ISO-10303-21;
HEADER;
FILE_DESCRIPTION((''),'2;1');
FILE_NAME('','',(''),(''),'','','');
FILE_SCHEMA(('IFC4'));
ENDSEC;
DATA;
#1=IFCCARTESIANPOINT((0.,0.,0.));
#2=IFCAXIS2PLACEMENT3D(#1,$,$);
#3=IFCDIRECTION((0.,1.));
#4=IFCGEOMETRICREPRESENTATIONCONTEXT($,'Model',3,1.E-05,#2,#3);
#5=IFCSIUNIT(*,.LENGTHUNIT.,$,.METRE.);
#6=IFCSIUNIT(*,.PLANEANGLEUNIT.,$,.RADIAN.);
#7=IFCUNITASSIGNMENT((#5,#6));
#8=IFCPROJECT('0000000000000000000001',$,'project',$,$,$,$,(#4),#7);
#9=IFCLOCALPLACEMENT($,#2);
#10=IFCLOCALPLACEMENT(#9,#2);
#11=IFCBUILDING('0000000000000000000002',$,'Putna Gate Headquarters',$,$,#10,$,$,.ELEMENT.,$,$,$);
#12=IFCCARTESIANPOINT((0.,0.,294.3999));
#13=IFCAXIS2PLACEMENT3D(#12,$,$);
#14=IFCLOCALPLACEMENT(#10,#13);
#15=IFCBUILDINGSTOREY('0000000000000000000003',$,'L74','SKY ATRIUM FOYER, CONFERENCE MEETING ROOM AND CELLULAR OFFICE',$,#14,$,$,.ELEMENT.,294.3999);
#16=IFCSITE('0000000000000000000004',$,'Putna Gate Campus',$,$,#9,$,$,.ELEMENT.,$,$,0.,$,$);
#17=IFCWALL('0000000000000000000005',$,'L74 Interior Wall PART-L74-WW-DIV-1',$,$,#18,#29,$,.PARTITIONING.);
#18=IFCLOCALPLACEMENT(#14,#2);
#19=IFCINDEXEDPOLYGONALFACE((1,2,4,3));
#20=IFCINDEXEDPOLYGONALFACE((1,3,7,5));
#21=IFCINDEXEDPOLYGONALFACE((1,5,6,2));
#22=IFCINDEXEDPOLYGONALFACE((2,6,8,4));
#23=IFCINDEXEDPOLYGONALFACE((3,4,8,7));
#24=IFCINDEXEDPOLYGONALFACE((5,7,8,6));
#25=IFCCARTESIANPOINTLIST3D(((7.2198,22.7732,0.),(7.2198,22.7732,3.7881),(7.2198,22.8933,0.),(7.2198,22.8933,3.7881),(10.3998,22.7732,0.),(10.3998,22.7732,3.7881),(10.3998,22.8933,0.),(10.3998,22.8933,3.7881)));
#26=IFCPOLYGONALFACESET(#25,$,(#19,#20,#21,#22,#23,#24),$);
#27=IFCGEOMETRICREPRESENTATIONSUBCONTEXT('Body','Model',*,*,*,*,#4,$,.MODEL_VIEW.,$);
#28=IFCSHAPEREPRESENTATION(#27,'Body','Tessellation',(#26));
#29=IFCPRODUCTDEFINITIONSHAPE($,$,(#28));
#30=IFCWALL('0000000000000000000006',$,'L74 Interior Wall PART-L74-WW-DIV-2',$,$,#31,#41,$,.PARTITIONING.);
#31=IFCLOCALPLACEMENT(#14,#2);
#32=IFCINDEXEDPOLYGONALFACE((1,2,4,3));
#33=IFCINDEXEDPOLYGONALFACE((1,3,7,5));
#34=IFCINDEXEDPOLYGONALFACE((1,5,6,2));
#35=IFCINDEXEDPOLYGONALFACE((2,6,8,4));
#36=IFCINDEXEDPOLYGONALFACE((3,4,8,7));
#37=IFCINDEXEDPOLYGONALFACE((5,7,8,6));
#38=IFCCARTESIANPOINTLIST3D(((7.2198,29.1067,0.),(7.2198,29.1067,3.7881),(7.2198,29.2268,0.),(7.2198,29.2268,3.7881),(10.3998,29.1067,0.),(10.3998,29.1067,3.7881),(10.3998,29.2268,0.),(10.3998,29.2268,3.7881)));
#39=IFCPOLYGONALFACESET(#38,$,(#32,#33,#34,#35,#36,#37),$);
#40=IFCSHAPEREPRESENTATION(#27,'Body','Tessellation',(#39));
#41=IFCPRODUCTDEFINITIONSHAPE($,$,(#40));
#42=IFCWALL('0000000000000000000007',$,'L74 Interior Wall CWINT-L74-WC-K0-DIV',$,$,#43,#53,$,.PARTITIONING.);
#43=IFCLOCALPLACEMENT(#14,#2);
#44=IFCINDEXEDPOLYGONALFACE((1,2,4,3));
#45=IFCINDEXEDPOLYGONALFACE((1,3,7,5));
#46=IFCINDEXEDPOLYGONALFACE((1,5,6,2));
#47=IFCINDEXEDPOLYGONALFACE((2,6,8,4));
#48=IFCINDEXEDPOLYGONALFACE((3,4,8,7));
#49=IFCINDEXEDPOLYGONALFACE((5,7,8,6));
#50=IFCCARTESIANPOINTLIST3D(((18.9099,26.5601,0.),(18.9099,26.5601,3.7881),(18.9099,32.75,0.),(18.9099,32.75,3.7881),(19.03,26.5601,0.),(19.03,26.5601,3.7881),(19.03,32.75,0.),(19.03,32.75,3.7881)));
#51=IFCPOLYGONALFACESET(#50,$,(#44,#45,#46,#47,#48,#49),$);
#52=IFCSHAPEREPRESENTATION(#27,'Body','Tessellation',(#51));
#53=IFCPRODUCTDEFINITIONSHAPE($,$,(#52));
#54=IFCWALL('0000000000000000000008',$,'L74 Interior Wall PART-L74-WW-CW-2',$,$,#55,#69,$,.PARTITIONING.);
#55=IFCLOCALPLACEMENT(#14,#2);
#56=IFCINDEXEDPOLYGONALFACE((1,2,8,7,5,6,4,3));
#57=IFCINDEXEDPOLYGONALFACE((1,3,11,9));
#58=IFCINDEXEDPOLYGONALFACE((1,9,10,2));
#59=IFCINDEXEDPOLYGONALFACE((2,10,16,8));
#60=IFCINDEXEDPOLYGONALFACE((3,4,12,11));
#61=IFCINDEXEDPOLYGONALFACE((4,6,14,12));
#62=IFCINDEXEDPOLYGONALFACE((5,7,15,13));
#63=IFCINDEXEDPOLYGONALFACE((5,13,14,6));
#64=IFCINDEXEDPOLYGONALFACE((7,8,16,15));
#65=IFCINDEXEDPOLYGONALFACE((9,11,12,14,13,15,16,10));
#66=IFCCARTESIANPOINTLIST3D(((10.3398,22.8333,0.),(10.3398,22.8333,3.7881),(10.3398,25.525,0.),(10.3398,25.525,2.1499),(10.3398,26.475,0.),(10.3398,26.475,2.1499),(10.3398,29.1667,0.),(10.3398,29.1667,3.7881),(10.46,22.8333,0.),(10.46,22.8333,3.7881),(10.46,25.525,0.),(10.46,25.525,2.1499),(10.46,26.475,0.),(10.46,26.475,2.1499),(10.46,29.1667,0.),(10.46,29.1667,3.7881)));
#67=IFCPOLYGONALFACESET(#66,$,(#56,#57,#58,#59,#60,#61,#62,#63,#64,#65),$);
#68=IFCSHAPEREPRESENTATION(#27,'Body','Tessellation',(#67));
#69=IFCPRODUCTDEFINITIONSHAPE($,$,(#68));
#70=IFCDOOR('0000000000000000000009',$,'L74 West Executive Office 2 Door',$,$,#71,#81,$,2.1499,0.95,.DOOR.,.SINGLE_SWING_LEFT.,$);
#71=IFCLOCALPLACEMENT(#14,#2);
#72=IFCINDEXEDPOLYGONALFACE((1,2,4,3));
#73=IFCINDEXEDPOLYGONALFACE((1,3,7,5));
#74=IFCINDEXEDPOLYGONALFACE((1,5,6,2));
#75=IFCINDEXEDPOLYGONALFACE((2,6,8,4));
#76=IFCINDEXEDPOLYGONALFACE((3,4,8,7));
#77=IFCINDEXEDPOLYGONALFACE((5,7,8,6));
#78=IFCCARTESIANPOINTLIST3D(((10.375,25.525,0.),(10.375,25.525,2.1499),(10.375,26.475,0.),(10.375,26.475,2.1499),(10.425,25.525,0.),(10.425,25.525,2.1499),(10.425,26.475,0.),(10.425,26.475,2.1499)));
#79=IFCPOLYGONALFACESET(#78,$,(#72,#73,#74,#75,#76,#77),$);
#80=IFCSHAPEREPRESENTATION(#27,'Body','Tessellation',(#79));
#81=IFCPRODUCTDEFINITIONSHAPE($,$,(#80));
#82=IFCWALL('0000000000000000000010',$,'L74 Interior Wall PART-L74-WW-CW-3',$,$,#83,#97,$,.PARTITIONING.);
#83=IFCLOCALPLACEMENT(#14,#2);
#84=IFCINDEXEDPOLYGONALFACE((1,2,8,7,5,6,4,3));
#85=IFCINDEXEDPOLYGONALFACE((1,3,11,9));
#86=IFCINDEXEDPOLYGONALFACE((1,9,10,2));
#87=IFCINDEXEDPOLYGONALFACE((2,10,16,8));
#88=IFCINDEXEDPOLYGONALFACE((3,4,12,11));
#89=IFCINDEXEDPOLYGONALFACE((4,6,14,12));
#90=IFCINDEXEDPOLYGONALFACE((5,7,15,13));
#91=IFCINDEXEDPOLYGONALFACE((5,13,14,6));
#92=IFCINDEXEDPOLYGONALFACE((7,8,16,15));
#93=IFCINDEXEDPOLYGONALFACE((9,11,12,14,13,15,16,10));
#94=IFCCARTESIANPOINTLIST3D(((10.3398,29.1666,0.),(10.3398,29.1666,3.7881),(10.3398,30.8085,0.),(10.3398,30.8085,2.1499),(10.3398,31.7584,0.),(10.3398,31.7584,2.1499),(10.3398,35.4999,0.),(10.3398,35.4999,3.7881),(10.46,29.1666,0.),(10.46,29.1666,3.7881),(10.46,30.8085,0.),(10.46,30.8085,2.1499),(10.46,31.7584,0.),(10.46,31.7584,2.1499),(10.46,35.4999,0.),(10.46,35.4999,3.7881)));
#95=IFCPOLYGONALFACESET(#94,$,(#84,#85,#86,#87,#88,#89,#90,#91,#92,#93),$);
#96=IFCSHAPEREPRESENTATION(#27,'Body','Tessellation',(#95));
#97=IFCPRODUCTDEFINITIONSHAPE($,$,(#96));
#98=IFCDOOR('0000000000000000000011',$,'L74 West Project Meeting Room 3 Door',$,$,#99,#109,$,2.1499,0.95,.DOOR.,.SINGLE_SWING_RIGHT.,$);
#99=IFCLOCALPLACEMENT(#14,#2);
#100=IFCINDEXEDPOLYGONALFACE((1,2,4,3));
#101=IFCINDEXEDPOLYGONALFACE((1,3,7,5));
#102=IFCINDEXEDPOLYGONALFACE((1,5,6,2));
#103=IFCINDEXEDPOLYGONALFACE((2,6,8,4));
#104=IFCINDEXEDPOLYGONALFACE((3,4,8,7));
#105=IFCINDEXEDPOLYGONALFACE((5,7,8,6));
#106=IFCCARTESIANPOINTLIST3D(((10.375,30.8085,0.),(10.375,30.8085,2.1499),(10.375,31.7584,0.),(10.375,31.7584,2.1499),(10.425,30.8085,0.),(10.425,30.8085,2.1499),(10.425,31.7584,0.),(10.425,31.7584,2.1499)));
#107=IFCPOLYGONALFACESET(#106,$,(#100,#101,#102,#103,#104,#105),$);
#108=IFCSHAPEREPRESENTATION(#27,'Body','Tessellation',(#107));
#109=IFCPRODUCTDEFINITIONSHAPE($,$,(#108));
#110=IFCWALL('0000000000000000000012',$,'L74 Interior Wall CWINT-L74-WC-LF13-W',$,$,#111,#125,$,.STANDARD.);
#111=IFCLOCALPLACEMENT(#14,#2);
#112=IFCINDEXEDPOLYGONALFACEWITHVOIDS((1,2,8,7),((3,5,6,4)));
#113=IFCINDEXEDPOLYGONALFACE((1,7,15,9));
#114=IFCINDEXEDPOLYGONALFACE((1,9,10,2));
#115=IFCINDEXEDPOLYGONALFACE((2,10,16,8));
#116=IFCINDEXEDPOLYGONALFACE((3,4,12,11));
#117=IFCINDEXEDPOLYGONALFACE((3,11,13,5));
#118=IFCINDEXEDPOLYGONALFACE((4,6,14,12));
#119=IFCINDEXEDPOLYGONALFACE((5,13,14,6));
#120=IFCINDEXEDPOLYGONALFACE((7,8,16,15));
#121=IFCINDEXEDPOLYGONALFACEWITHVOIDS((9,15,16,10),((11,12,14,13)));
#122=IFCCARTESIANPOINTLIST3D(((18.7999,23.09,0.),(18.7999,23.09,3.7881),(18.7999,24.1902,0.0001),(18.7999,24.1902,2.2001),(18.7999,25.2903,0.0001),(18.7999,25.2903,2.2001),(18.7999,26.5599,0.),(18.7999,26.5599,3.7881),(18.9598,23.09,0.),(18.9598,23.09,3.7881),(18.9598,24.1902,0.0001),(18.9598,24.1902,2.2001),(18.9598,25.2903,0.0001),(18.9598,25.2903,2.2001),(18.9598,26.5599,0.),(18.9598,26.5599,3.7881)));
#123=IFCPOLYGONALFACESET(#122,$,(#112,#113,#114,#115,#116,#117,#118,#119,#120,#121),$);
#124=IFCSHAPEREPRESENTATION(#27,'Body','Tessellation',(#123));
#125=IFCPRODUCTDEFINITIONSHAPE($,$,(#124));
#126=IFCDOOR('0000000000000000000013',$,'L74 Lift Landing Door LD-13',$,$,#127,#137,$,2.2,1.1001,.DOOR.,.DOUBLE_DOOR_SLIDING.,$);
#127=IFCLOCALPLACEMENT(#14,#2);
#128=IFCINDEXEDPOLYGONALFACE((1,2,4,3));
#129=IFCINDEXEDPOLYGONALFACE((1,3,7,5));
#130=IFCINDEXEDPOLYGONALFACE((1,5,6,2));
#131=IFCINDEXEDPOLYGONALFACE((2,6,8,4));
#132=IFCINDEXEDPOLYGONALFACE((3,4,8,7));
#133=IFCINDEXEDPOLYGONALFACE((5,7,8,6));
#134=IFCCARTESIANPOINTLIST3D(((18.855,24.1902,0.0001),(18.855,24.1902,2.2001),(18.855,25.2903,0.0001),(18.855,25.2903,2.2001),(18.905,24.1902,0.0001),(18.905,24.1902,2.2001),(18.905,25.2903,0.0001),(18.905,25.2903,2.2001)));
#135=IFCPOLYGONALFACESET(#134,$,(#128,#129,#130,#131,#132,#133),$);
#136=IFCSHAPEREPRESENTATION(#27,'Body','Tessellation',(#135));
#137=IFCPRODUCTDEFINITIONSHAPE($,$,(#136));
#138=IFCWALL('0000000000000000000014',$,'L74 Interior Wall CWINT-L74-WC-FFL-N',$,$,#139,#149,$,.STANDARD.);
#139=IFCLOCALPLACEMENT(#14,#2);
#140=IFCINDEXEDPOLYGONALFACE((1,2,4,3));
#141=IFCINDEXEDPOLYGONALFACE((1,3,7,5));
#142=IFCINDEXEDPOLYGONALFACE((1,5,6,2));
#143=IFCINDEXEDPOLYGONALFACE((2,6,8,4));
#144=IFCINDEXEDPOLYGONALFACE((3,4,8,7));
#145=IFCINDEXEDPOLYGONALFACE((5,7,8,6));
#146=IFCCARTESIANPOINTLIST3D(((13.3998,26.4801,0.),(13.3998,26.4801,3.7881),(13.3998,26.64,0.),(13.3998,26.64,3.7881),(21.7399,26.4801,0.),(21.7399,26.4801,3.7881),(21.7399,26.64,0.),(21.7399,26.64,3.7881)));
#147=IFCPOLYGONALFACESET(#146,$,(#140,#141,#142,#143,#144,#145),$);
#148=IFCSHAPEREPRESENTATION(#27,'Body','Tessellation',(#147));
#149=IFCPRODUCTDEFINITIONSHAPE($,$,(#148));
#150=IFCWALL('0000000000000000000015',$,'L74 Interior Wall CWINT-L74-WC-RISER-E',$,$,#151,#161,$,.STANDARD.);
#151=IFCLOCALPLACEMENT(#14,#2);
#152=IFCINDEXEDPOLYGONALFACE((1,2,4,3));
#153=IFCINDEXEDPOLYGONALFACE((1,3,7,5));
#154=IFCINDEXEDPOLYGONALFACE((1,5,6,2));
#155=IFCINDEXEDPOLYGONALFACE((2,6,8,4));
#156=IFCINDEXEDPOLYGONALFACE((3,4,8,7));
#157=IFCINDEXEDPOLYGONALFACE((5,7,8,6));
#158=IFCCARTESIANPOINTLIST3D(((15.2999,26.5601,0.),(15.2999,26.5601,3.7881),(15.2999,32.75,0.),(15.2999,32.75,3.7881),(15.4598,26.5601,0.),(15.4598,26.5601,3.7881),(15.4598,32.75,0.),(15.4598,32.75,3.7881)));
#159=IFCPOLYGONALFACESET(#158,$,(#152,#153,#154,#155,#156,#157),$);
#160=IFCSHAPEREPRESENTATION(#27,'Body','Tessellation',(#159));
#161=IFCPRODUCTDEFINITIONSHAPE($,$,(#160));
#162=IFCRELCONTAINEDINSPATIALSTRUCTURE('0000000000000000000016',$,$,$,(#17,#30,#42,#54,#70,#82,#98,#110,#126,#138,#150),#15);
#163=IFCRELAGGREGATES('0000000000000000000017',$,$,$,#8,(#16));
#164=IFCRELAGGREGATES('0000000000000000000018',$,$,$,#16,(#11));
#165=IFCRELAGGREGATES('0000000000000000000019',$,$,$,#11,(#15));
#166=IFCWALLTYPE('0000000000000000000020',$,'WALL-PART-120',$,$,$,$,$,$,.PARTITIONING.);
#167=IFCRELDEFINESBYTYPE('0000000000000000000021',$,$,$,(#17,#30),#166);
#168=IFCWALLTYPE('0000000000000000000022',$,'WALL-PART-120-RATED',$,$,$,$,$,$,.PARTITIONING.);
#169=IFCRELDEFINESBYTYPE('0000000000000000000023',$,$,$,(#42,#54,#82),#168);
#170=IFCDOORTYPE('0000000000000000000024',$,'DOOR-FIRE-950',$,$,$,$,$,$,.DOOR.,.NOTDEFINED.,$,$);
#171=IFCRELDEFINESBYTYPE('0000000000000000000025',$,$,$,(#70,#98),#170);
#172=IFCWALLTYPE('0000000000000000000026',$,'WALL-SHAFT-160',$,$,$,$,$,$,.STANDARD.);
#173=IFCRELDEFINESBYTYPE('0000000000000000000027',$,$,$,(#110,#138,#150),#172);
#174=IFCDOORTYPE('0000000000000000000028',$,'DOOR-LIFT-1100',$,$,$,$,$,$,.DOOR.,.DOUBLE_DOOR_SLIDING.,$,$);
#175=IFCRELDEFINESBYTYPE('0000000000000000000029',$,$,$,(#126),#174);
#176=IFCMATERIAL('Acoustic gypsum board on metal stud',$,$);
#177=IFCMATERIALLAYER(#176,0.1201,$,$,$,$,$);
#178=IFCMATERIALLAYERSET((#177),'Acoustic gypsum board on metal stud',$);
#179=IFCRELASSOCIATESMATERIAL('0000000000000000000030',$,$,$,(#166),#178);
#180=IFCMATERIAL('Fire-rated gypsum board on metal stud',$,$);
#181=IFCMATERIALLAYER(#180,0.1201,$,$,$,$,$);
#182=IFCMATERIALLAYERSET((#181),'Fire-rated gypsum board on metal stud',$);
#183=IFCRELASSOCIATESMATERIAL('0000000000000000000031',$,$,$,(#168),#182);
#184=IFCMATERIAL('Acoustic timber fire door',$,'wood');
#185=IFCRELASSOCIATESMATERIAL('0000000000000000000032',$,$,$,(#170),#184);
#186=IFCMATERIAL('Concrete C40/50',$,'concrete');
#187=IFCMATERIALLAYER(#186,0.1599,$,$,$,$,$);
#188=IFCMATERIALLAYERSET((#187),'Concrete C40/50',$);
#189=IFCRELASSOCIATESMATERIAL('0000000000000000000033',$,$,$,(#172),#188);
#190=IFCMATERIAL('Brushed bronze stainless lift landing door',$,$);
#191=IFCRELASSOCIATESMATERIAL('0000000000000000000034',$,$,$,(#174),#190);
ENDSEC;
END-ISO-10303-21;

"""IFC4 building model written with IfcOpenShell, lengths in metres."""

from ifc_helpers import new_model, si_unit, direction, frame, frame_2d, origin, place, context, subcontext, project, spatial, rectangle, extrude, material, layer, layer_set, type_object, element, fill, save


model = new_model("IFC4")

# Units and contexts
model_context = context("Model", 3, precision=1e-05, world=origin(), true_north=direction((0.0, 1.0)))
body_context = subcontext(model_context, "Body", "Model", "MODEL_VIEW")
ifc_project = project(units=[si_unit("LENGTHUNIT", "METRE"), si_unit("PLANEANGLEUNIT", "RADIAN")], contexts=[model_context])

# Site, building, storey
site_placement = place(None, origin())
site = spatial("IfcSite", under=ifc_project, at=site_placement, Name="Putna Gate Campus", CompositionType="ELEMENT", RefElevation=0.0)
building_placement = place(site_placement, origin())
building = spatial("IfcBuilding", under=site, at=building_placement, Name="Putna Gate Headquarters", CompositionType="ELEMENT")
storey_placement = place(building_placement, frame((0.0, 0.0, 294.3999)))
storey = spatial("IfcBuildingStorey", under=building, at=storey_placement, Name="L74", Description="SKY ATRIUM FOYER, CONFERENCE MEETING ROOM AND CELLULAR OFFICE", CompositionType="ELEMENT", Elevation=294.3999)

# Walls
ifc_material_1 = material(Name="Acoustic gypsum board on metal stud")
ifc_layer_1 = layer(ifc_material_1, 0.1201)
ifc_layer_set_1 = layer_set([ifc_layer_1], Name="Acoustic gypsum board on metal stud")
wall_type_1 = type_object("IfcWallType", Name="WALL-PART-120", PredefinedType="PARTITIONING", material=ifc_layer_set_1)
for number, where, z_axis, x_axis, name in (
    (1, (7.22, 22.8333, 0.0), (0.0, 0.0, 1.0), (1.0, 0.0, 0.0), "L74 Interior Wall PART-L74-WW-DIV-1"),
    (2, (7.22, 29.1667, 0.0), (0.0, 0.0, 1.0), (1.0, 0.0, 0.0), "L74 Interior Wall PART-L74-WW-DIV-2"),
):
    element("IfcWall", number, at=place(storey_placement, frame(where, z_axis=z_axis, x_axis=x_axis)), inside=storey, type_object=wall_type_1, Name=name, PredefinedType="PARTITIONING", context=body_context, shape_type="SweptSolid", body=[
        extrude(rectangle(XDim=3.1799, YDim=0.1201, at=frame_2d((1.5898, 0.0))), origin(), (0.0, 0.0, 1.0), 3.7881),
    ])
ifc_material_2 = material(Name="Fire-rated gypsum board on metal stud")
ifc_layer_2 = layer(ifc_material_2, 0.1201)
ifc_layer_set_2 = layer_set([ifc_layer_2], Name="Fire-rated gypsum board on metal stud")
wall_type_2 = type_object("IfcWallType", Name="WALL-PART-120-RATED", PredefinedType="PARTITIONING", material=ifc_layer_set_2)
wall_1_placement = place(storey_placement, frame((18.97, 26.5601, 0.0), z_axis=(0.0, 0.0, 1.0), x_axis=(0.0, 1.0, 0.0)))
element("IfcWall", 3, at=wall_1_placement, inside=storey, type_object=wall_type_2, Name="L74 Interior Wall CWINT-L74-WC-K0-DIV", PredefinedType="PARTITIONING", context=body_context, shape_type="SweptSolid", body=[
    extrude(rectangle(XDim=6.1899, YDim=0.1201, at=frame_2d((3.095, 0.0))), origin(), (0.0, 0.0, 1.0), 3.7881),
])

# Walls, openings, doors
wall_2_placement = place(storey_placement, frame((10.3999, 22.8333, 0.0), z_axis=(0.0, 0.0, 1.0), x_axis=(0.0, 1.0, 0.0)))
wall_2 = element("IfcWall", 4, at=wall_2_placement, inside=storey, type_object=wall_type_2, Name="L74 Interior Wall PART-L74-WW-CW-2", PredefinedType="PARTITIONING", context=body_context, shape_type="SweptSolid", body=[
    extrude(rectangle(XDim=6.3335, YDim=0.1201, at=frame_2d((3.1667, 0.0))), origin(), (0.0, 0.0, 1.0), 3.7881),
])
opening_1_placement = place(wall_2_placement, frame((2.6917, 0.0, 0.0)))
opening_1 = element("IfcOpeningElement", 5, at=opening_1_placement, cuts=wall_2, PredefinedType="OPENING", context=body_context, shape_type="SweptSolid", body=[
    extrude(rectangle(XDim=0.95, YDim=2.1499, at=frame_2d((0.4751, 1.075))), frame((0.0, 0.0701, 0.0), z_axis=(0.0, -1.0, 0.0), x_axis=(1.0, 0.0, 0.0)), (0.0, 0.0, 1.0), 0.1401),
])
ifc_material_3 = material(Name="Acoustic timber fire door", Category="wood")
door_type_1 = type_object("IfcDoorType", Name="DOOR-FIRE-950", OperationType="NOTDEFINED", PredefinedType="DOOR", material=ifc_material_3)
door_1_placement = place(opening_1_placement, origin())
door_1 = element("IfcDoor", 6, at=door_1_placement, inside=storey, type_object=door_type_1, Name="L74 West Executive Office 2 Door", OperationType="SINGLE_SWING_LEFT", OverallHeight=2.1499, OverallWidth=0.95, PredefinedType="DOOR", context=body_context, shape_type="SweptSolid", body=[
    extrude(rectangle(XDim=0.95, YDim=2.1499, at=frame_2d((0.4751, 1.075))), frame((0.0, 0.0249, 0.0), z_axis=(0.0, -1.0, 0.0), x_axis=(1.0, 0.0, 0.0)), (0.0, 0.0, 1.0), 0.05),
])
fill(opening_1, door_1)
wall_3_placement = place(storey_placement, frame((10.3999, 29.1667, 0.0), z_axis=(0.0, 0.0, 1.0), x_axis=(0.0, 1.0, 0.0)))
wall_3 = element("IfcWall", 7, at=wall_3_placement, inside=storey, type_object=wall_type_2, Name="L74 Interior Wall PART-L74-WW-CW-3", PredefinedType="PARTITIONING", context=body_context, shape_type="SweptSolid", body=[
    extrude(rectangle(XDim=6.3333, YDim=0.1201, at=frame_2d((3.1665, 0.0))), origin(), (0.0, 0.0, 1.0), 3.7881),
])
opening_2_placement = place(wall_3_placement, frame((1.6416, 0.0, 0.0)))
opening_2 = element("IfcOpeningElement", 8, at=opening_2_placement, cuts=wall_3, PredefinedType="OPENING", context=body_context, shape_type="SweptSolid", body=[
    extrude(rectangle(XDim=0.95, YDim=2.1499, at=frame_2d((0.4751, 1.075))), frame((0.0, 0.0701, 0.0), z_axis=(0.0, -1.0, 0.0), x_axis=(1.0, 0.0, 0.0)), (0.0, 0.0, 1.0), 0.1401),
])
door_2_placement = place(opening_2_placement, origin())
door_2 = element("IfcDoor", 9, at=door_2_placement, inside=storey, type_object=door_type_1, Name="L74 West Project Meeting Room 3 Door", OperationType="SINGLE_SWING_RIGHT", OverallHeight=2.1499, OverallWidth=0.95, PredefinedType="DOOR", context=body_context, shape_type="SweptSolid", body=[
    extrude(rectangle(XDim=0.95, YDim=2.1499, at=frame_2d((0.4751, 1.075))), frame((0.0, 0.0249, 0.0), z_axis=(0.0, -1.0, 0.0), x_axis=(1.0, 0.0, 0.0)), (0.0, 0.0, 1.0), 0.05),
])
fill(opening_2, door_2)
ifc_material_4 = material(Name="Concrete C40/50", Category="concrete")
ifc_layer_3 = layer(ifc_material_4, 0.1599)
ifc_layer_set_3 = layer_set([ifc_layer_3], Name="Concrete C40/50")
wall_type_3 = type_object("IfcWallType", Name="WALL-SHAFT-160", PredefinedType="STANDARD", material=ifc_layer_set_3)
wall_4_placement = place(storey_placement, frame((18.8799, 23.0901, 0.0), z_axis=(0.0, 0.0, 1.0), x_axis=(0.0, 1.0, 0.0)))
wall_4 = element("IfcWall", 10, at=wall_4_placement, inside=storey, type_object=wall_type_3, Name="L74 Interior Wall CWINT-L74-WC-LF13-W", PredefinedType="STANDARD", context=body_context, shape_type="SweptSolid", body=[
    extrude(rectangle(XDim=3.47, YDim=0.1599, at=frame_2d((1.7349, 0.0))), origin(), (0.0, 0.0, 1.0), 3.7881),
])
opening_3_placement = place(wall_4_placement, frame((1.1001, 0.0, 0.0)))
opening_3 = element("IfcOpeningElement", 11, at=opening_3_placement, cuts=wall_4, PredefinedType="OPENING", context=body_context, shape_type="SweptSolid", body=[
    extrude(rectangle(XDim=1.1001, YDim=2.2, at=frame_2d((0.55, 1.1001))), frame((0.0, 0.0898, 0.0), z_axis=(0.0, -1.0, 0.0), x_axis=(1.0, 0.0, 0.0)), (0.0, 0.0, 1.0), 0.1799),
])
ifc_material_5 = material(Name="Brushed bronze stainless lift landing door")
door_type_2 = type_object("IfcDoorType", Name="DOOR-LIFT-1100", OperationType="DOUBLE_DOOR_SLIDING", PredefinedType="DOOR", material=ifc_material_5)
door_3_placement = place(opening_3_placement, origin())
door_3 = element("IfcDoor", 12, at=door_3_placement, inside=storey, type_object=door_type_2, Name="L74 Lift Landing Door LD-13", OperationType="DOUBLE_DOOR_SLIDING", OverallHeight=2.2, OverallWidth=1.1001, PredefinedType="DOOR", context=body_context, shape_type="SweptSolid", body=[
    extrude(rectangle(XDim=1.1001, YDim=2.2, at=frame_2d((0.55, 1.1001))), frame((0.0, 0.0249, 0.0), z_axis=(0.0, -1.0, 0.0), x_axis=(1.0, 0.0, 0.0)), (0.0, 0.0, 1.0), 0.05),
])
fill(opening_3, door_3)

# Walls
wall_5_placement = place(storey_placement, frame((13.3999, 26.5601, 0.0), z_axis=(0.0, 0.0, 1.0), x_axis=(1.0, 0.0, 0.0)))
element("IfcWall", 13, at=wall_5_placement, inside=storey, type_object=wall_type_3, Name="L74 Interior Wall CWINT-L74-WC-FFL-N", PredefinedType="STANDARD", context=body_context, shape_type="SweptSolid", body=[
    extrude(rectangle(XDim=8.3401, YDim=0.1599, at=frame_2d((4.1699, 0.0))), origin(), (0.0, 0.0, 1.0), 3.7881),
])
wall_6_placement = place(storey_placement, frame((15.3799, 26.5601, 0.0), z_axis=(0.0, 0.0, 1.0), x_axis=(0.0, 1.0, 0.0)))
element("IfcWall", 14, at=wall_6_placement, inside=storey, type_object=wall_type_3, Name="L74 Interior Wall CWINT-L74-WC-RISER-E", PredefinedType="STANDARD", context=body_context, shape_type="SweptSolid", body=[
    extrude(rectangle(XDim=6.1899, YDim=0.1599, at=frame_2d((3.095, 0.0))), origin(), (0.0, 0.0, 1.0), 3.7881),
])

save(model, "model.ifc")
